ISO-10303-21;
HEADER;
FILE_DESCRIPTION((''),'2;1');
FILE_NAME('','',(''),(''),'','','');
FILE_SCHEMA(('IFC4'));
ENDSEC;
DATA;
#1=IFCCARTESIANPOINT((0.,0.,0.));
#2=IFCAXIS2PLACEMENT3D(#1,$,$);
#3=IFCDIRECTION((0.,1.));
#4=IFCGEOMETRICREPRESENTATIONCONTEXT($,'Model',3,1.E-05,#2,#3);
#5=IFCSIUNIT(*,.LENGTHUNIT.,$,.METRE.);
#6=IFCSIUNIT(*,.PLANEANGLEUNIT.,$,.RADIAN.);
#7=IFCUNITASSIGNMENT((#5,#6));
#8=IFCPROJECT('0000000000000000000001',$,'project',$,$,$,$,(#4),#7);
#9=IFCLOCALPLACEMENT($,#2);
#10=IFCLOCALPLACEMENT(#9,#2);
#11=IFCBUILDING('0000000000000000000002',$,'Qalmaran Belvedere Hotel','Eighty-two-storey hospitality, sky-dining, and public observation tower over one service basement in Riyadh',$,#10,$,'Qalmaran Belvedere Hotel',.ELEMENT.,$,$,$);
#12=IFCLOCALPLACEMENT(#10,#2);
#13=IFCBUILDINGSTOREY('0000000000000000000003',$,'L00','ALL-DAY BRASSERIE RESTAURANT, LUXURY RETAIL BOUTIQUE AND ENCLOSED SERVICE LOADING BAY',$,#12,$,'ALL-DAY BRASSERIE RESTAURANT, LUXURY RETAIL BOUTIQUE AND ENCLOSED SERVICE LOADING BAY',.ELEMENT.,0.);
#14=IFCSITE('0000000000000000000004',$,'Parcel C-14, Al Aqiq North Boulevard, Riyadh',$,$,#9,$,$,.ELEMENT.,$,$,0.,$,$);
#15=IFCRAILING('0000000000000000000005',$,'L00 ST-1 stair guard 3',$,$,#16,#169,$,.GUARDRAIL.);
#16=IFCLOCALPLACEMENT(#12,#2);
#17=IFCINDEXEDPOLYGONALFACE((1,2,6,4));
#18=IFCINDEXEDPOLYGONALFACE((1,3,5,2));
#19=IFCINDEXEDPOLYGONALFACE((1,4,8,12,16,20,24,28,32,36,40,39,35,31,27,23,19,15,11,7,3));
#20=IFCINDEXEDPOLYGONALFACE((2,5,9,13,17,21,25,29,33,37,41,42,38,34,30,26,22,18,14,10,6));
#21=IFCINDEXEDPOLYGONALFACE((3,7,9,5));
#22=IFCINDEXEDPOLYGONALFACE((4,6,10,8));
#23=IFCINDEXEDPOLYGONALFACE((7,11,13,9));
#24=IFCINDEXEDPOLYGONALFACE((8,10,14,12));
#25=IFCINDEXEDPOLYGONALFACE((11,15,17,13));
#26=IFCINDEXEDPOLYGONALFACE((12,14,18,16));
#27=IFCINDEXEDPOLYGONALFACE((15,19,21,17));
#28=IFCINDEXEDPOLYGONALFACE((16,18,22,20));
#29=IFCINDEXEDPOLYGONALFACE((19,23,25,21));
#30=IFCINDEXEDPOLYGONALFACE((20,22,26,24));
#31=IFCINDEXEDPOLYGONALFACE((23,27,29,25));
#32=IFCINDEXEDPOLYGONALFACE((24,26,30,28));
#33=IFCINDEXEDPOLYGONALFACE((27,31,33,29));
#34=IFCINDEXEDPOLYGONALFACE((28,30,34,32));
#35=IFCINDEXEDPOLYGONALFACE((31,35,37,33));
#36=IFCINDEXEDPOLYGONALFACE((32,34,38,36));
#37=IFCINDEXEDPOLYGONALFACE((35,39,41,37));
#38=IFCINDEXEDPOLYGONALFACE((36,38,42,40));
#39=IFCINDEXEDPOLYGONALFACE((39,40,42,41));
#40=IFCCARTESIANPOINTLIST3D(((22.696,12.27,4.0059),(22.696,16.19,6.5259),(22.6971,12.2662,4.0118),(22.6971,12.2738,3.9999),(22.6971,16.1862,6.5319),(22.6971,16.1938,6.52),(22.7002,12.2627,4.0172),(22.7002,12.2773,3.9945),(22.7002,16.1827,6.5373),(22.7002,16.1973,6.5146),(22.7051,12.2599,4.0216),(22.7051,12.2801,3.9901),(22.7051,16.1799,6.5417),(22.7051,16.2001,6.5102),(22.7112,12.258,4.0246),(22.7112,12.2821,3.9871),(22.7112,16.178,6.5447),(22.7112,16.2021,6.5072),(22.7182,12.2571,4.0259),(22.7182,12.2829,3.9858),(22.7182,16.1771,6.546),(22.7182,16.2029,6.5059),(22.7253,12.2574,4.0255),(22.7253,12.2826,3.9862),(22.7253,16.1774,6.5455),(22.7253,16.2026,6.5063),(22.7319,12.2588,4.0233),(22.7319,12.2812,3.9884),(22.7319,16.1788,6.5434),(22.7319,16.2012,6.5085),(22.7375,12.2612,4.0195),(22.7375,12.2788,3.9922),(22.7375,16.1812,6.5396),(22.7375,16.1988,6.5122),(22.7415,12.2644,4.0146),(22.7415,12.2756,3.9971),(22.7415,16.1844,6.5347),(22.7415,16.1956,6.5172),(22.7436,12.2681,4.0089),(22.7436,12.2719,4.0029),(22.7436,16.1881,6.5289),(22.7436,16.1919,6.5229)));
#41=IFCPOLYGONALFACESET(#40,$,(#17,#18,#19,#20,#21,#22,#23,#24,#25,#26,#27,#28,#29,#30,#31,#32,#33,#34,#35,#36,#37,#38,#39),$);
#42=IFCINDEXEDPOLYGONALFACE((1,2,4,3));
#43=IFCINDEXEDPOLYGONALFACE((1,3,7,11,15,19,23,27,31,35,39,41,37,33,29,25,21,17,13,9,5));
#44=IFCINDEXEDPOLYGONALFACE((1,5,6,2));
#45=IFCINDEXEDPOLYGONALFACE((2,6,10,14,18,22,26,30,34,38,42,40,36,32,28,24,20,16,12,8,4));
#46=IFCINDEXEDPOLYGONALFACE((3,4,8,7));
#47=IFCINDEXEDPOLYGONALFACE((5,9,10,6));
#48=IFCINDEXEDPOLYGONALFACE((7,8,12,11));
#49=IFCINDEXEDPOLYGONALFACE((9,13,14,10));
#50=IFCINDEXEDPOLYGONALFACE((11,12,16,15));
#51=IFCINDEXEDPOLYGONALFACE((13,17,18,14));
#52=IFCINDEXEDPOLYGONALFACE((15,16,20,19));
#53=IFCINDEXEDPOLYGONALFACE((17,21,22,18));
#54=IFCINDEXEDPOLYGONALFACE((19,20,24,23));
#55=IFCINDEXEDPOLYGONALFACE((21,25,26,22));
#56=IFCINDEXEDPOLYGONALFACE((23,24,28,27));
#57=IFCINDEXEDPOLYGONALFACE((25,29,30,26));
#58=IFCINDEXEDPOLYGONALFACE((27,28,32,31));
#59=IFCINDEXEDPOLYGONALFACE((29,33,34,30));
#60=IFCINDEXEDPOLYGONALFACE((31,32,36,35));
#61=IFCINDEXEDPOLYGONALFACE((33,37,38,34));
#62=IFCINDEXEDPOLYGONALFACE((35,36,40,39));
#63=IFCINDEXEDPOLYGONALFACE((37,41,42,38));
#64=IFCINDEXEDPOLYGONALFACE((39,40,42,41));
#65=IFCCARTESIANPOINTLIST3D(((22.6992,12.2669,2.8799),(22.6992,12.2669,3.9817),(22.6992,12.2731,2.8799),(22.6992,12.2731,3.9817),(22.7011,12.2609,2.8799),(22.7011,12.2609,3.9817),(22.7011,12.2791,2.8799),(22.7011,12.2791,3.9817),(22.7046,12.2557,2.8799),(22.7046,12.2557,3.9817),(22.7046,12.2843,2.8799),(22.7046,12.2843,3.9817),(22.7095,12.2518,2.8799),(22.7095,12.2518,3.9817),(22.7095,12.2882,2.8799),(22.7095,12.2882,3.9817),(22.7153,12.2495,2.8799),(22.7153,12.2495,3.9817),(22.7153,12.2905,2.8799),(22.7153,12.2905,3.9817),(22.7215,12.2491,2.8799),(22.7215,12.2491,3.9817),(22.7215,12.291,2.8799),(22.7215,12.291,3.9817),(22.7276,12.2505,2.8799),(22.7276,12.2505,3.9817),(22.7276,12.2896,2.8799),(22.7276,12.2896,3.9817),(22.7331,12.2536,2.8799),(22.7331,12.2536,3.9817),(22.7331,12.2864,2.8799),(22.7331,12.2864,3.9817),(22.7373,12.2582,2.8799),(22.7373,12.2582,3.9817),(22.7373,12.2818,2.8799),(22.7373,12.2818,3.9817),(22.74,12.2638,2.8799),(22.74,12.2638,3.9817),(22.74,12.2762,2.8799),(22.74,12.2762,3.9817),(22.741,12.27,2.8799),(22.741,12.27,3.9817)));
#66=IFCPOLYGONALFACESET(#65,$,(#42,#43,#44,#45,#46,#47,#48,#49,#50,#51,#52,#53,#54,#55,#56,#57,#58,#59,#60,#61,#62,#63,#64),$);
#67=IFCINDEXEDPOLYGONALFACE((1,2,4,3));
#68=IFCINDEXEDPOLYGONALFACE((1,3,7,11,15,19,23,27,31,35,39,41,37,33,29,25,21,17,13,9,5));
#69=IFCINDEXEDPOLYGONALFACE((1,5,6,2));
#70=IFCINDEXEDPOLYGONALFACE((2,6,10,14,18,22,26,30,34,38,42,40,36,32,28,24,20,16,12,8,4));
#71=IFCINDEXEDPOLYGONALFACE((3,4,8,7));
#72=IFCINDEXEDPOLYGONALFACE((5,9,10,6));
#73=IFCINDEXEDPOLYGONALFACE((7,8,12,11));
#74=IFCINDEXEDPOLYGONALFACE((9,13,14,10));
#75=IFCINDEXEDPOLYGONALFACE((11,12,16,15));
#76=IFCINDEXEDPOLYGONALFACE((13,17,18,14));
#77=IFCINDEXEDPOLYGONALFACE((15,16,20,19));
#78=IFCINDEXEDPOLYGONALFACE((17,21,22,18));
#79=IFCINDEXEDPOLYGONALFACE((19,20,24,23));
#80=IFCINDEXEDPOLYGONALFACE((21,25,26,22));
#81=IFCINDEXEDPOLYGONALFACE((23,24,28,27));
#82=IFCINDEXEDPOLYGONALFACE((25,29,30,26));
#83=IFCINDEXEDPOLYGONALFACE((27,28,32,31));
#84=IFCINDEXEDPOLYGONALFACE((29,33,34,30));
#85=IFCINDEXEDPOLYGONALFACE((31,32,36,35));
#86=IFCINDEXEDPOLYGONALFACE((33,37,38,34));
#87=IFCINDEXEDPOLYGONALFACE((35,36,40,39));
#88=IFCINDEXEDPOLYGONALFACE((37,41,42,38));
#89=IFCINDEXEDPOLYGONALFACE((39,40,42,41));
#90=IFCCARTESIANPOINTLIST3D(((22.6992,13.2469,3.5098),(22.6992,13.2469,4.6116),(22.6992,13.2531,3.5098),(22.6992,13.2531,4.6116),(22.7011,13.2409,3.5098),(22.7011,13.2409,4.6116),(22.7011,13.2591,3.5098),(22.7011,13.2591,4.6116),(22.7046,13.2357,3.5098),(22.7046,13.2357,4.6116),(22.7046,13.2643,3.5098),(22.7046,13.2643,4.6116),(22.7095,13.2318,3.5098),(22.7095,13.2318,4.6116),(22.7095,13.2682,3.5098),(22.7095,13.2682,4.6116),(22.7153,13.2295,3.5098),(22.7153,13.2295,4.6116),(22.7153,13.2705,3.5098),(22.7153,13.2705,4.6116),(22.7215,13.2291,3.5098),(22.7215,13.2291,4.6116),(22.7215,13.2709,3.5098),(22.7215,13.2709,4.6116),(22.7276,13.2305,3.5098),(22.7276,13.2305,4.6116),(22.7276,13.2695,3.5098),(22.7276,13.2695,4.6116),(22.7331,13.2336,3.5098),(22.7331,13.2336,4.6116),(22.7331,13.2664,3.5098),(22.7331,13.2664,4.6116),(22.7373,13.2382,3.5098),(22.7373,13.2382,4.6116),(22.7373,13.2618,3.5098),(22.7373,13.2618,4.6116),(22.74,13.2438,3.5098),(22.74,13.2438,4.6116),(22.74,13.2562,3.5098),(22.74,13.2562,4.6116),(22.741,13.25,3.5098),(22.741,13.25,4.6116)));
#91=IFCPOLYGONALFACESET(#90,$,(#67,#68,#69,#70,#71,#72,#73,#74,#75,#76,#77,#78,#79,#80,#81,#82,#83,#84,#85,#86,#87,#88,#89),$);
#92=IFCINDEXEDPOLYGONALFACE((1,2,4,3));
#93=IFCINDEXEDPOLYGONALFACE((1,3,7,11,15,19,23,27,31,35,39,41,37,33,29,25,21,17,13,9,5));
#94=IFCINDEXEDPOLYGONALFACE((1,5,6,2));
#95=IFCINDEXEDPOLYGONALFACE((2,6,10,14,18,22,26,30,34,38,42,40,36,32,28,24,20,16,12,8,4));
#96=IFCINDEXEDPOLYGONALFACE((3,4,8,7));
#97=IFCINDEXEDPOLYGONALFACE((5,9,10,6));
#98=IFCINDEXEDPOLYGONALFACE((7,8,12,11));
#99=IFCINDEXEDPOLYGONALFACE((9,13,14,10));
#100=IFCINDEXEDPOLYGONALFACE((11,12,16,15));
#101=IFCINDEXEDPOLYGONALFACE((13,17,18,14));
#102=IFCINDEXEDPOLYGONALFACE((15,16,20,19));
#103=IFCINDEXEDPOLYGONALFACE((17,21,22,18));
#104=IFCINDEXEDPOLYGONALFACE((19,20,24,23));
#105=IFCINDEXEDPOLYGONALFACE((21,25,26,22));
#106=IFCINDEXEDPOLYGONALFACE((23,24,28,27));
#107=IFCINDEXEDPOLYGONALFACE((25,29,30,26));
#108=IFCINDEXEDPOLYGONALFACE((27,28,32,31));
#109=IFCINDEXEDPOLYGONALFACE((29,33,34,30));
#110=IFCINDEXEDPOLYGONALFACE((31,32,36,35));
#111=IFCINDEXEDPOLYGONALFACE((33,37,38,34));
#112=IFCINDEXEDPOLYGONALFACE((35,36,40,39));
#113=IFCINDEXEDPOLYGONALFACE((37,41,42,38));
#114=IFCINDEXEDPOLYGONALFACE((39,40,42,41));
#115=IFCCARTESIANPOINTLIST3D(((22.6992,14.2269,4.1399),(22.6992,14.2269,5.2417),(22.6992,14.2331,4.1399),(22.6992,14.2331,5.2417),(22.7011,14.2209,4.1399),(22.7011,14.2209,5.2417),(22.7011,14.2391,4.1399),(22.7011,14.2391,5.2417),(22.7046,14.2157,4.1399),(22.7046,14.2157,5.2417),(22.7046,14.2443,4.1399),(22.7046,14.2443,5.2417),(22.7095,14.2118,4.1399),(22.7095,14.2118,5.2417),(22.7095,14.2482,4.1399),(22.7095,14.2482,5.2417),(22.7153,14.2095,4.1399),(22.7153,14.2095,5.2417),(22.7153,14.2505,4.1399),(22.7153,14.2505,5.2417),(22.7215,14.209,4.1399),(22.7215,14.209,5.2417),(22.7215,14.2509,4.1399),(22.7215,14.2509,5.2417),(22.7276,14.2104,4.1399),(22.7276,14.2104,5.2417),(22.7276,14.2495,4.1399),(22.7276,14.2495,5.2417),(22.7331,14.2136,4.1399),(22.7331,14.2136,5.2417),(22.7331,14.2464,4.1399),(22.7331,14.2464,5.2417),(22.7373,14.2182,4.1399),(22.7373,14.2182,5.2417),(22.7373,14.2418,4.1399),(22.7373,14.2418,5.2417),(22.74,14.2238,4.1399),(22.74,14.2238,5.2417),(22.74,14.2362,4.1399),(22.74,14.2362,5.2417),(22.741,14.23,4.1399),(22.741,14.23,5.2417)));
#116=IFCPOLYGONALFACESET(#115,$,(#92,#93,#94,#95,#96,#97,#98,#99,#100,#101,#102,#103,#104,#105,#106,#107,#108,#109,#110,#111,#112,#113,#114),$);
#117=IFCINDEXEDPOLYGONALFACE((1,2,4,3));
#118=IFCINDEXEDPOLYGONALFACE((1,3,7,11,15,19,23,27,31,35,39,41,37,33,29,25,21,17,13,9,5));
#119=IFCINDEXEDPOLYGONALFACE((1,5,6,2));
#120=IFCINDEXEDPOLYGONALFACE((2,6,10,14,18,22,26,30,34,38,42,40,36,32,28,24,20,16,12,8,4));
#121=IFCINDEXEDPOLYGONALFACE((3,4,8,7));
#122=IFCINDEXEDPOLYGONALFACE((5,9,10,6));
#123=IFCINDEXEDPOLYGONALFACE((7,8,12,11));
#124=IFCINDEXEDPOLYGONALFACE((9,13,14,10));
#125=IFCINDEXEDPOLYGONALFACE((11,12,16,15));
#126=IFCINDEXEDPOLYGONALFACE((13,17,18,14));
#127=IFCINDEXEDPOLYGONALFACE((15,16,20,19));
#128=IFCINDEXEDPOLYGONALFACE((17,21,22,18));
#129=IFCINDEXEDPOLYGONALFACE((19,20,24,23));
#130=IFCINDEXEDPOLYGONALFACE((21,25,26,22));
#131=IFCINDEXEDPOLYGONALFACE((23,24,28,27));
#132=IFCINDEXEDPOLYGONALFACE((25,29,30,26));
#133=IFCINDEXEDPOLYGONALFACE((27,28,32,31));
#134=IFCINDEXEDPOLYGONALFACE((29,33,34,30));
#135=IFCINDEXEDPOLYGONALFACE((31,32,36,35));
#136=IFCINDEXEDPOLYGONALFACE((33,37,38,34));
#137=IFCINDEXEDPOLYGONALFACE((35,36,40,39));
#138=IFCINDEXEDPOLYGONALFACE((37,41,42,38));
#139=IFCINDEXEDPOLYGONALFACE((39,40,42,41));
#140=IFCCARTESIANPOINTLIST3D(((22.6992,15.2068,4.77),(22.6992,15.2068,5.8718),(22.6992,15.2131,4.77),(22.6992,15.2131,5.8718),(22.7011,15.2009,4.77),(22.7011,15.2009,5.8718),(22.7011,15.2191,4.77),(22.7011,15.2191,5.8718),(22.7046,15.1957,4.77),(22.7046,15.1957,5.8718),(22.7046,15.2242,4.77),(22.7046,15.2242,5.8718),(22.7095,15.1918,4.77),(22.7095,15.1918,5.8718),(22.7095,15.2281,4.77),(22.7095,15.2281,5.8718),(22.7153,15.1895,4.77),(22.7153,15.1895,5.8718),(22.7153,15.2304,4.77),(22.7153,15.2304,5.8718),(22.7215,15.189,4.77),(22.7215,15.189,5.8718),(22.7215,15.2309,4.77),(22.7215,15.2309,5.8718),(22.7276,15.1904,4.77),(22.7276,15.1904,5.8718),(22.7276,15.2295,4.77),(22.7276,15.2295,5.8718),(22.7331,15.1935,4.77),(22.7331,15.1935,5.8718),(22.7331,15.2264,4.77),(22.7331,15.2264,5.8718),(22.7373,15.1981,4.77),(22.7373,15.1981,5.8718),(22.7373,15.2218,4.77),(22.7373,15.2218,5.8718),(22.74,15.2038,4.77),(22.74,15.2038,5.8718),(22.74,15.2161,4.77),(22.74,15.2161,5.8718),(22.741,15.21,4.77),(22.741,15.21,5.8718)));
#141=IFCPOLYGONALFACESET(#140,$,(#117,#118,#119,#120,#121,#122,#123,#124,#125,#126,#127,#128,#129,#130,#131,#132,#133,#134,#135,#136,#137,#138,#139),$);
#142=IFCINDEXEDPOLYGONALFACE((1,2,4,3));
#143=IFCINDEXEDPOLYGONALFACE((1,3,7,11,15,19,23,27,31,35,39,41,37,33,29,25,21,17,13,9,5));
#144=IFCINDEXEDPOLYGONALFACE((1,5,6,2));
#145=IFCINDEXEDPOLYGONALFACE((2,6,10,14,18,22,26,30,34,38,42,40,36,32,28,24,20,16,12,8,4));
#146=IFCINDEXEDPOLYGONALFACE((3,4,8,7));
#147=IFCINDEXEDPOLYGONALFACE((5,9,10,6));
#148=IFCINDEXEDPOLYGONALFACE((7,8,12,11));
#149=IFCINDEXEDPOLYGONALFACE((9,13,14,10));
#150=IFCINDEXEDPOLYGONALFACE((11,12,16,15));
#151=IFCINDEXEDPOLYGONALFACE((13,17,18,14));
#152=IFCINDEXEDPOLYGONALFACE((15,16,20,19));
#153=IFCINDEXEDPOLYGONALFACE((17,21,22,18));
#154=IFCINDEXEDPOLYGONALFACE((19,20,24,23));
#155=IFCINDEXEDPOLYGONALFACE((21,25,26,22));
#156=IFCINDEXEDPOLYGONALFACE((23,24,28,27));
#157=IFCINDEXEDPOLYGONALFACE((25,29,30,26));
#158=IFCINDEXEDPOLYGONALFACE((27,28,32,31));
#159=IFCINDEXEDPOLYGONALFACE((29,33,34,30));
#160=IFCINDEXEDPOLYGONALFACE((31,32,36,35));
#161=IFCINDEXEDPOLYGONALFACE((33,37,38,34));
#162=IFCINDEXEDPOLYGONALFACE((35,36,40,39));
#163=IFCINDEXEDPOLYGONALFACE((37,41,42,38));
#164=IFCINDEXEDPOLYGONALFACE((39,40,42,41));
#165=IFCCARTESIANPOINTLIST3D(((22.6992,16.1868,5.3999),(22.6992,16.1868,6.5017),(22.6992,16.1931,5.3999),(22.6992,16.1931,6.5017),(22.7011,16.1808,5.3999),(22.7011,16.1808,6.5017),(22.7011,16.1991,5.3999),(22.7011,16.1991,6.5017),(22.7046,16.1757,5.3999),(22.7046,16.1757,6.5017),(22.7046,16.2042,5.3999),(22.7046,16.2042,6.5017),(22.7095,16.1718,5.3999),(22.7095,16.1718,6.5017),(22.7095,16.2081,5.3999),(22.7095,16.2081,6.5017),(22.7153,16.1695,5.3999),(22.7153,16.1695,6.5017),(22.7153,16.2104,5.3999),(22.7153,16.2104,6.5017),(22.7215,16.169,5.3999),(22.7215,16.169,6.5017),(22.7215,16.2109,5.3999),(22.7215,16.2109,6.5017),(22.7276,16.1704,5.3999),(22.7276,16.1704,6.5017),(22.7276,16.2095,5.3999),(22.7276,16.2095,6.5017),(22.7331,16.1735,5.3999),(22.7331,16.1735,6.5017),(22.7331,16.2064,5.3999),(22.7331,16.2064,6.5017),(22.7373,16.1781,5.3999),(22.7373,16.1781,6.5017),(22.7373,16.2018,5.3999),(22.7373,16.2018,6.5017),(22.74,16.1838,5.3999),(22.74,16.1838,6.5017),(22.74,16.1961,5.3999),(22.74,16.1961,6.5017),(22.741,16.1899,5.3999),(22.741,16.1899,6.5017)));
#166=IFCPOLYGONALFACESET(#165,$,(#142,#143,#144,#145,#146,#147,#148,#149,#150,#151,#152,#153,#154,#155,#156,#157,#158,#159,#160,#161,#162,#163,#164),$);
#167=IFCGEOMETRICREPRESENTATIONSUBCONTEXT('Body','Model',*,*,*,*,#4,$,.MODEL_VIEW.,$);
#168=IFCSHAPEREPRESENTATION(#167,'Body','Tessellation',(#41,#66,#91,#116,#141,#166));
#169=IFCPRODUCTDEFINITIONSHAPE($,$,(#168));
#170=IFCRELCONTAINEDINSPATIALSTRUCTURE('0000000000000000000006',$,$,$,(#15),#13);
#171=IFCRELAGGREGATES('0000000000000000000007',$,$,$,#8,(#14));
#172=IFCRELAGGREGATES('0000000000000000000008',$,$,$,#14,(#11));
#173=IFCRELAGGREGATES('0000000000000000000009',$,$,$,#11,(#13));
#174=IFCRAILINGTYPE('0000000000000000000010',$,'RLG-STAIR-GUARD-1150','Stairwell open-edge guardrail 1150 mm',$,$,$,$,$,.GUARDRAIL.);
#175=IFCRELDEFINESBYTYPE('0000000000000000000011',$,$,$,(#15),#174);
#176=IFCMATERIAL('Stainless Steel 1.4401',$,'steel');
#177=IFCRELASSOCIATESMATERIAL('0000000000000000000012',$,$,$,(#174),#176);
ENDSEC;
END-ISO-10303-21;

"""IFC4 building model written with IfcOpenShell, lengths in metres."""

from ifc_helpers import new_model, si_unit, direction, frame, origin, origin_2d, place, context, subcontext, project, spatial, circle, extrude, material, type_object, element, save


model = new_model("IFC4")

# Units and contexts
model_context = context("Model", 3, precision=1e-05, world=origin(), true_north=direction((0.0, 1.0)))
body_context = subcontext(model_context, "Body", "Model", "MODEL_VIEW")
ifc_project = project(units=[si_unit("LENGTHUNIT", "METRE"), si_unit("PLANEANGLEUNIT", "RADIAN")], contexts=[model_context])

# Site, building, storey
site_placement = place(None, origin())
site = spatial("IfcSite", under=ifc_project, at=site_placement, Name="Parcel C-14, Al Aqiq North Boulevard, Riyadh", CompositionType="ELEMENT", RefElevation=0.0)
building_placement = place(site_placement, origin())
building = spatial("IfcBuilding", under=site, at=building_placement, Name="Qalmaran Belvedere Hotel", Description="Eighty-two-storey hospitality, sky-dining, and public observation tower over one service basement in Riyadh", LongName="Qalmaran Belvedere Hotel", CompositionType="ELEMENT")
storey_placement = place(building_placement, origin())
storey = spatial("IfcBuildingStorey", under=building, at=storey_placement, Name="L00", Description="ALL-DAY BRASSERIE RESTAURANT, LUXURY RETAIL BOUTIQUE AND ENCLOSED SERVICE LOADING BAY", LongName="ALL-DAY BRASSERIE RESTAURANT, LUXURY RETAIL BOUTIQUE AND ENCLOSED SERVICE LOADING BAY", CompositionType="ELEMENT", Elevation=0.0)

# Railing
ifc_material_1 = material(Name="Stainless Steel 1.4401", Category="steel")
railing_type_1 = type_object("IfcRailingType", Name="RLG-STAIR-GUARD-1150", Description="Stairwell open-edge guardrail 1150 mm", PredefinedType="GUARDRAIL", material=ifc_material_1)
railing_1_placement = place(storey_placement, frame((22.72, 12.27, 2.8799)))
element("IfcRailing", 1, at=railing_1_placement, inside=storey, type_object=railing_type_1, Name="L00 ST-1 stair guard 3", PredefinedType="GUARDRAIL", context=body_context, shape_type="SweptSolid", body=[
    extrude(circle(Radius=0.0239, at=origin_2d()), frame((0.0, 0.0, 1.126), z_axis=(0.0, 0.841172, 0.540768), x_axis=(-1.0, 0.0, 0.0)), (0.0, 0.0, 1.0), 4.6602),
    extrude(circle(Radius=0.021, at=origin_2d()), origin(), (0.0, 0.0, 1.0), 1.1018),
    extrude(circle(Radius=0.021, at=origin_2d()), frame((0.0, 0.98, 0.6299)), (0.0, 0.0, 1.0), 1.1018),
    extrude(circle(Radius=0.021, at=origin_2d()), frame((0.0, 1.96, 1.26)), (0.0, 0.0, 1.0), 1.1018),
    extrude(circle(Radius=0.021, at=origin_2d()), frame((0.0, 2.9399, 1.8901)), (0.0, 0.0, 1.0), 1.1018),
    extrude(circle(Radius=0.021, at=origin_2d()), frame((0.0, 3.9199, 2.52)), (0.0, 0.0, 1.0), 1.1018),
])

save(model, "model.ifc")
